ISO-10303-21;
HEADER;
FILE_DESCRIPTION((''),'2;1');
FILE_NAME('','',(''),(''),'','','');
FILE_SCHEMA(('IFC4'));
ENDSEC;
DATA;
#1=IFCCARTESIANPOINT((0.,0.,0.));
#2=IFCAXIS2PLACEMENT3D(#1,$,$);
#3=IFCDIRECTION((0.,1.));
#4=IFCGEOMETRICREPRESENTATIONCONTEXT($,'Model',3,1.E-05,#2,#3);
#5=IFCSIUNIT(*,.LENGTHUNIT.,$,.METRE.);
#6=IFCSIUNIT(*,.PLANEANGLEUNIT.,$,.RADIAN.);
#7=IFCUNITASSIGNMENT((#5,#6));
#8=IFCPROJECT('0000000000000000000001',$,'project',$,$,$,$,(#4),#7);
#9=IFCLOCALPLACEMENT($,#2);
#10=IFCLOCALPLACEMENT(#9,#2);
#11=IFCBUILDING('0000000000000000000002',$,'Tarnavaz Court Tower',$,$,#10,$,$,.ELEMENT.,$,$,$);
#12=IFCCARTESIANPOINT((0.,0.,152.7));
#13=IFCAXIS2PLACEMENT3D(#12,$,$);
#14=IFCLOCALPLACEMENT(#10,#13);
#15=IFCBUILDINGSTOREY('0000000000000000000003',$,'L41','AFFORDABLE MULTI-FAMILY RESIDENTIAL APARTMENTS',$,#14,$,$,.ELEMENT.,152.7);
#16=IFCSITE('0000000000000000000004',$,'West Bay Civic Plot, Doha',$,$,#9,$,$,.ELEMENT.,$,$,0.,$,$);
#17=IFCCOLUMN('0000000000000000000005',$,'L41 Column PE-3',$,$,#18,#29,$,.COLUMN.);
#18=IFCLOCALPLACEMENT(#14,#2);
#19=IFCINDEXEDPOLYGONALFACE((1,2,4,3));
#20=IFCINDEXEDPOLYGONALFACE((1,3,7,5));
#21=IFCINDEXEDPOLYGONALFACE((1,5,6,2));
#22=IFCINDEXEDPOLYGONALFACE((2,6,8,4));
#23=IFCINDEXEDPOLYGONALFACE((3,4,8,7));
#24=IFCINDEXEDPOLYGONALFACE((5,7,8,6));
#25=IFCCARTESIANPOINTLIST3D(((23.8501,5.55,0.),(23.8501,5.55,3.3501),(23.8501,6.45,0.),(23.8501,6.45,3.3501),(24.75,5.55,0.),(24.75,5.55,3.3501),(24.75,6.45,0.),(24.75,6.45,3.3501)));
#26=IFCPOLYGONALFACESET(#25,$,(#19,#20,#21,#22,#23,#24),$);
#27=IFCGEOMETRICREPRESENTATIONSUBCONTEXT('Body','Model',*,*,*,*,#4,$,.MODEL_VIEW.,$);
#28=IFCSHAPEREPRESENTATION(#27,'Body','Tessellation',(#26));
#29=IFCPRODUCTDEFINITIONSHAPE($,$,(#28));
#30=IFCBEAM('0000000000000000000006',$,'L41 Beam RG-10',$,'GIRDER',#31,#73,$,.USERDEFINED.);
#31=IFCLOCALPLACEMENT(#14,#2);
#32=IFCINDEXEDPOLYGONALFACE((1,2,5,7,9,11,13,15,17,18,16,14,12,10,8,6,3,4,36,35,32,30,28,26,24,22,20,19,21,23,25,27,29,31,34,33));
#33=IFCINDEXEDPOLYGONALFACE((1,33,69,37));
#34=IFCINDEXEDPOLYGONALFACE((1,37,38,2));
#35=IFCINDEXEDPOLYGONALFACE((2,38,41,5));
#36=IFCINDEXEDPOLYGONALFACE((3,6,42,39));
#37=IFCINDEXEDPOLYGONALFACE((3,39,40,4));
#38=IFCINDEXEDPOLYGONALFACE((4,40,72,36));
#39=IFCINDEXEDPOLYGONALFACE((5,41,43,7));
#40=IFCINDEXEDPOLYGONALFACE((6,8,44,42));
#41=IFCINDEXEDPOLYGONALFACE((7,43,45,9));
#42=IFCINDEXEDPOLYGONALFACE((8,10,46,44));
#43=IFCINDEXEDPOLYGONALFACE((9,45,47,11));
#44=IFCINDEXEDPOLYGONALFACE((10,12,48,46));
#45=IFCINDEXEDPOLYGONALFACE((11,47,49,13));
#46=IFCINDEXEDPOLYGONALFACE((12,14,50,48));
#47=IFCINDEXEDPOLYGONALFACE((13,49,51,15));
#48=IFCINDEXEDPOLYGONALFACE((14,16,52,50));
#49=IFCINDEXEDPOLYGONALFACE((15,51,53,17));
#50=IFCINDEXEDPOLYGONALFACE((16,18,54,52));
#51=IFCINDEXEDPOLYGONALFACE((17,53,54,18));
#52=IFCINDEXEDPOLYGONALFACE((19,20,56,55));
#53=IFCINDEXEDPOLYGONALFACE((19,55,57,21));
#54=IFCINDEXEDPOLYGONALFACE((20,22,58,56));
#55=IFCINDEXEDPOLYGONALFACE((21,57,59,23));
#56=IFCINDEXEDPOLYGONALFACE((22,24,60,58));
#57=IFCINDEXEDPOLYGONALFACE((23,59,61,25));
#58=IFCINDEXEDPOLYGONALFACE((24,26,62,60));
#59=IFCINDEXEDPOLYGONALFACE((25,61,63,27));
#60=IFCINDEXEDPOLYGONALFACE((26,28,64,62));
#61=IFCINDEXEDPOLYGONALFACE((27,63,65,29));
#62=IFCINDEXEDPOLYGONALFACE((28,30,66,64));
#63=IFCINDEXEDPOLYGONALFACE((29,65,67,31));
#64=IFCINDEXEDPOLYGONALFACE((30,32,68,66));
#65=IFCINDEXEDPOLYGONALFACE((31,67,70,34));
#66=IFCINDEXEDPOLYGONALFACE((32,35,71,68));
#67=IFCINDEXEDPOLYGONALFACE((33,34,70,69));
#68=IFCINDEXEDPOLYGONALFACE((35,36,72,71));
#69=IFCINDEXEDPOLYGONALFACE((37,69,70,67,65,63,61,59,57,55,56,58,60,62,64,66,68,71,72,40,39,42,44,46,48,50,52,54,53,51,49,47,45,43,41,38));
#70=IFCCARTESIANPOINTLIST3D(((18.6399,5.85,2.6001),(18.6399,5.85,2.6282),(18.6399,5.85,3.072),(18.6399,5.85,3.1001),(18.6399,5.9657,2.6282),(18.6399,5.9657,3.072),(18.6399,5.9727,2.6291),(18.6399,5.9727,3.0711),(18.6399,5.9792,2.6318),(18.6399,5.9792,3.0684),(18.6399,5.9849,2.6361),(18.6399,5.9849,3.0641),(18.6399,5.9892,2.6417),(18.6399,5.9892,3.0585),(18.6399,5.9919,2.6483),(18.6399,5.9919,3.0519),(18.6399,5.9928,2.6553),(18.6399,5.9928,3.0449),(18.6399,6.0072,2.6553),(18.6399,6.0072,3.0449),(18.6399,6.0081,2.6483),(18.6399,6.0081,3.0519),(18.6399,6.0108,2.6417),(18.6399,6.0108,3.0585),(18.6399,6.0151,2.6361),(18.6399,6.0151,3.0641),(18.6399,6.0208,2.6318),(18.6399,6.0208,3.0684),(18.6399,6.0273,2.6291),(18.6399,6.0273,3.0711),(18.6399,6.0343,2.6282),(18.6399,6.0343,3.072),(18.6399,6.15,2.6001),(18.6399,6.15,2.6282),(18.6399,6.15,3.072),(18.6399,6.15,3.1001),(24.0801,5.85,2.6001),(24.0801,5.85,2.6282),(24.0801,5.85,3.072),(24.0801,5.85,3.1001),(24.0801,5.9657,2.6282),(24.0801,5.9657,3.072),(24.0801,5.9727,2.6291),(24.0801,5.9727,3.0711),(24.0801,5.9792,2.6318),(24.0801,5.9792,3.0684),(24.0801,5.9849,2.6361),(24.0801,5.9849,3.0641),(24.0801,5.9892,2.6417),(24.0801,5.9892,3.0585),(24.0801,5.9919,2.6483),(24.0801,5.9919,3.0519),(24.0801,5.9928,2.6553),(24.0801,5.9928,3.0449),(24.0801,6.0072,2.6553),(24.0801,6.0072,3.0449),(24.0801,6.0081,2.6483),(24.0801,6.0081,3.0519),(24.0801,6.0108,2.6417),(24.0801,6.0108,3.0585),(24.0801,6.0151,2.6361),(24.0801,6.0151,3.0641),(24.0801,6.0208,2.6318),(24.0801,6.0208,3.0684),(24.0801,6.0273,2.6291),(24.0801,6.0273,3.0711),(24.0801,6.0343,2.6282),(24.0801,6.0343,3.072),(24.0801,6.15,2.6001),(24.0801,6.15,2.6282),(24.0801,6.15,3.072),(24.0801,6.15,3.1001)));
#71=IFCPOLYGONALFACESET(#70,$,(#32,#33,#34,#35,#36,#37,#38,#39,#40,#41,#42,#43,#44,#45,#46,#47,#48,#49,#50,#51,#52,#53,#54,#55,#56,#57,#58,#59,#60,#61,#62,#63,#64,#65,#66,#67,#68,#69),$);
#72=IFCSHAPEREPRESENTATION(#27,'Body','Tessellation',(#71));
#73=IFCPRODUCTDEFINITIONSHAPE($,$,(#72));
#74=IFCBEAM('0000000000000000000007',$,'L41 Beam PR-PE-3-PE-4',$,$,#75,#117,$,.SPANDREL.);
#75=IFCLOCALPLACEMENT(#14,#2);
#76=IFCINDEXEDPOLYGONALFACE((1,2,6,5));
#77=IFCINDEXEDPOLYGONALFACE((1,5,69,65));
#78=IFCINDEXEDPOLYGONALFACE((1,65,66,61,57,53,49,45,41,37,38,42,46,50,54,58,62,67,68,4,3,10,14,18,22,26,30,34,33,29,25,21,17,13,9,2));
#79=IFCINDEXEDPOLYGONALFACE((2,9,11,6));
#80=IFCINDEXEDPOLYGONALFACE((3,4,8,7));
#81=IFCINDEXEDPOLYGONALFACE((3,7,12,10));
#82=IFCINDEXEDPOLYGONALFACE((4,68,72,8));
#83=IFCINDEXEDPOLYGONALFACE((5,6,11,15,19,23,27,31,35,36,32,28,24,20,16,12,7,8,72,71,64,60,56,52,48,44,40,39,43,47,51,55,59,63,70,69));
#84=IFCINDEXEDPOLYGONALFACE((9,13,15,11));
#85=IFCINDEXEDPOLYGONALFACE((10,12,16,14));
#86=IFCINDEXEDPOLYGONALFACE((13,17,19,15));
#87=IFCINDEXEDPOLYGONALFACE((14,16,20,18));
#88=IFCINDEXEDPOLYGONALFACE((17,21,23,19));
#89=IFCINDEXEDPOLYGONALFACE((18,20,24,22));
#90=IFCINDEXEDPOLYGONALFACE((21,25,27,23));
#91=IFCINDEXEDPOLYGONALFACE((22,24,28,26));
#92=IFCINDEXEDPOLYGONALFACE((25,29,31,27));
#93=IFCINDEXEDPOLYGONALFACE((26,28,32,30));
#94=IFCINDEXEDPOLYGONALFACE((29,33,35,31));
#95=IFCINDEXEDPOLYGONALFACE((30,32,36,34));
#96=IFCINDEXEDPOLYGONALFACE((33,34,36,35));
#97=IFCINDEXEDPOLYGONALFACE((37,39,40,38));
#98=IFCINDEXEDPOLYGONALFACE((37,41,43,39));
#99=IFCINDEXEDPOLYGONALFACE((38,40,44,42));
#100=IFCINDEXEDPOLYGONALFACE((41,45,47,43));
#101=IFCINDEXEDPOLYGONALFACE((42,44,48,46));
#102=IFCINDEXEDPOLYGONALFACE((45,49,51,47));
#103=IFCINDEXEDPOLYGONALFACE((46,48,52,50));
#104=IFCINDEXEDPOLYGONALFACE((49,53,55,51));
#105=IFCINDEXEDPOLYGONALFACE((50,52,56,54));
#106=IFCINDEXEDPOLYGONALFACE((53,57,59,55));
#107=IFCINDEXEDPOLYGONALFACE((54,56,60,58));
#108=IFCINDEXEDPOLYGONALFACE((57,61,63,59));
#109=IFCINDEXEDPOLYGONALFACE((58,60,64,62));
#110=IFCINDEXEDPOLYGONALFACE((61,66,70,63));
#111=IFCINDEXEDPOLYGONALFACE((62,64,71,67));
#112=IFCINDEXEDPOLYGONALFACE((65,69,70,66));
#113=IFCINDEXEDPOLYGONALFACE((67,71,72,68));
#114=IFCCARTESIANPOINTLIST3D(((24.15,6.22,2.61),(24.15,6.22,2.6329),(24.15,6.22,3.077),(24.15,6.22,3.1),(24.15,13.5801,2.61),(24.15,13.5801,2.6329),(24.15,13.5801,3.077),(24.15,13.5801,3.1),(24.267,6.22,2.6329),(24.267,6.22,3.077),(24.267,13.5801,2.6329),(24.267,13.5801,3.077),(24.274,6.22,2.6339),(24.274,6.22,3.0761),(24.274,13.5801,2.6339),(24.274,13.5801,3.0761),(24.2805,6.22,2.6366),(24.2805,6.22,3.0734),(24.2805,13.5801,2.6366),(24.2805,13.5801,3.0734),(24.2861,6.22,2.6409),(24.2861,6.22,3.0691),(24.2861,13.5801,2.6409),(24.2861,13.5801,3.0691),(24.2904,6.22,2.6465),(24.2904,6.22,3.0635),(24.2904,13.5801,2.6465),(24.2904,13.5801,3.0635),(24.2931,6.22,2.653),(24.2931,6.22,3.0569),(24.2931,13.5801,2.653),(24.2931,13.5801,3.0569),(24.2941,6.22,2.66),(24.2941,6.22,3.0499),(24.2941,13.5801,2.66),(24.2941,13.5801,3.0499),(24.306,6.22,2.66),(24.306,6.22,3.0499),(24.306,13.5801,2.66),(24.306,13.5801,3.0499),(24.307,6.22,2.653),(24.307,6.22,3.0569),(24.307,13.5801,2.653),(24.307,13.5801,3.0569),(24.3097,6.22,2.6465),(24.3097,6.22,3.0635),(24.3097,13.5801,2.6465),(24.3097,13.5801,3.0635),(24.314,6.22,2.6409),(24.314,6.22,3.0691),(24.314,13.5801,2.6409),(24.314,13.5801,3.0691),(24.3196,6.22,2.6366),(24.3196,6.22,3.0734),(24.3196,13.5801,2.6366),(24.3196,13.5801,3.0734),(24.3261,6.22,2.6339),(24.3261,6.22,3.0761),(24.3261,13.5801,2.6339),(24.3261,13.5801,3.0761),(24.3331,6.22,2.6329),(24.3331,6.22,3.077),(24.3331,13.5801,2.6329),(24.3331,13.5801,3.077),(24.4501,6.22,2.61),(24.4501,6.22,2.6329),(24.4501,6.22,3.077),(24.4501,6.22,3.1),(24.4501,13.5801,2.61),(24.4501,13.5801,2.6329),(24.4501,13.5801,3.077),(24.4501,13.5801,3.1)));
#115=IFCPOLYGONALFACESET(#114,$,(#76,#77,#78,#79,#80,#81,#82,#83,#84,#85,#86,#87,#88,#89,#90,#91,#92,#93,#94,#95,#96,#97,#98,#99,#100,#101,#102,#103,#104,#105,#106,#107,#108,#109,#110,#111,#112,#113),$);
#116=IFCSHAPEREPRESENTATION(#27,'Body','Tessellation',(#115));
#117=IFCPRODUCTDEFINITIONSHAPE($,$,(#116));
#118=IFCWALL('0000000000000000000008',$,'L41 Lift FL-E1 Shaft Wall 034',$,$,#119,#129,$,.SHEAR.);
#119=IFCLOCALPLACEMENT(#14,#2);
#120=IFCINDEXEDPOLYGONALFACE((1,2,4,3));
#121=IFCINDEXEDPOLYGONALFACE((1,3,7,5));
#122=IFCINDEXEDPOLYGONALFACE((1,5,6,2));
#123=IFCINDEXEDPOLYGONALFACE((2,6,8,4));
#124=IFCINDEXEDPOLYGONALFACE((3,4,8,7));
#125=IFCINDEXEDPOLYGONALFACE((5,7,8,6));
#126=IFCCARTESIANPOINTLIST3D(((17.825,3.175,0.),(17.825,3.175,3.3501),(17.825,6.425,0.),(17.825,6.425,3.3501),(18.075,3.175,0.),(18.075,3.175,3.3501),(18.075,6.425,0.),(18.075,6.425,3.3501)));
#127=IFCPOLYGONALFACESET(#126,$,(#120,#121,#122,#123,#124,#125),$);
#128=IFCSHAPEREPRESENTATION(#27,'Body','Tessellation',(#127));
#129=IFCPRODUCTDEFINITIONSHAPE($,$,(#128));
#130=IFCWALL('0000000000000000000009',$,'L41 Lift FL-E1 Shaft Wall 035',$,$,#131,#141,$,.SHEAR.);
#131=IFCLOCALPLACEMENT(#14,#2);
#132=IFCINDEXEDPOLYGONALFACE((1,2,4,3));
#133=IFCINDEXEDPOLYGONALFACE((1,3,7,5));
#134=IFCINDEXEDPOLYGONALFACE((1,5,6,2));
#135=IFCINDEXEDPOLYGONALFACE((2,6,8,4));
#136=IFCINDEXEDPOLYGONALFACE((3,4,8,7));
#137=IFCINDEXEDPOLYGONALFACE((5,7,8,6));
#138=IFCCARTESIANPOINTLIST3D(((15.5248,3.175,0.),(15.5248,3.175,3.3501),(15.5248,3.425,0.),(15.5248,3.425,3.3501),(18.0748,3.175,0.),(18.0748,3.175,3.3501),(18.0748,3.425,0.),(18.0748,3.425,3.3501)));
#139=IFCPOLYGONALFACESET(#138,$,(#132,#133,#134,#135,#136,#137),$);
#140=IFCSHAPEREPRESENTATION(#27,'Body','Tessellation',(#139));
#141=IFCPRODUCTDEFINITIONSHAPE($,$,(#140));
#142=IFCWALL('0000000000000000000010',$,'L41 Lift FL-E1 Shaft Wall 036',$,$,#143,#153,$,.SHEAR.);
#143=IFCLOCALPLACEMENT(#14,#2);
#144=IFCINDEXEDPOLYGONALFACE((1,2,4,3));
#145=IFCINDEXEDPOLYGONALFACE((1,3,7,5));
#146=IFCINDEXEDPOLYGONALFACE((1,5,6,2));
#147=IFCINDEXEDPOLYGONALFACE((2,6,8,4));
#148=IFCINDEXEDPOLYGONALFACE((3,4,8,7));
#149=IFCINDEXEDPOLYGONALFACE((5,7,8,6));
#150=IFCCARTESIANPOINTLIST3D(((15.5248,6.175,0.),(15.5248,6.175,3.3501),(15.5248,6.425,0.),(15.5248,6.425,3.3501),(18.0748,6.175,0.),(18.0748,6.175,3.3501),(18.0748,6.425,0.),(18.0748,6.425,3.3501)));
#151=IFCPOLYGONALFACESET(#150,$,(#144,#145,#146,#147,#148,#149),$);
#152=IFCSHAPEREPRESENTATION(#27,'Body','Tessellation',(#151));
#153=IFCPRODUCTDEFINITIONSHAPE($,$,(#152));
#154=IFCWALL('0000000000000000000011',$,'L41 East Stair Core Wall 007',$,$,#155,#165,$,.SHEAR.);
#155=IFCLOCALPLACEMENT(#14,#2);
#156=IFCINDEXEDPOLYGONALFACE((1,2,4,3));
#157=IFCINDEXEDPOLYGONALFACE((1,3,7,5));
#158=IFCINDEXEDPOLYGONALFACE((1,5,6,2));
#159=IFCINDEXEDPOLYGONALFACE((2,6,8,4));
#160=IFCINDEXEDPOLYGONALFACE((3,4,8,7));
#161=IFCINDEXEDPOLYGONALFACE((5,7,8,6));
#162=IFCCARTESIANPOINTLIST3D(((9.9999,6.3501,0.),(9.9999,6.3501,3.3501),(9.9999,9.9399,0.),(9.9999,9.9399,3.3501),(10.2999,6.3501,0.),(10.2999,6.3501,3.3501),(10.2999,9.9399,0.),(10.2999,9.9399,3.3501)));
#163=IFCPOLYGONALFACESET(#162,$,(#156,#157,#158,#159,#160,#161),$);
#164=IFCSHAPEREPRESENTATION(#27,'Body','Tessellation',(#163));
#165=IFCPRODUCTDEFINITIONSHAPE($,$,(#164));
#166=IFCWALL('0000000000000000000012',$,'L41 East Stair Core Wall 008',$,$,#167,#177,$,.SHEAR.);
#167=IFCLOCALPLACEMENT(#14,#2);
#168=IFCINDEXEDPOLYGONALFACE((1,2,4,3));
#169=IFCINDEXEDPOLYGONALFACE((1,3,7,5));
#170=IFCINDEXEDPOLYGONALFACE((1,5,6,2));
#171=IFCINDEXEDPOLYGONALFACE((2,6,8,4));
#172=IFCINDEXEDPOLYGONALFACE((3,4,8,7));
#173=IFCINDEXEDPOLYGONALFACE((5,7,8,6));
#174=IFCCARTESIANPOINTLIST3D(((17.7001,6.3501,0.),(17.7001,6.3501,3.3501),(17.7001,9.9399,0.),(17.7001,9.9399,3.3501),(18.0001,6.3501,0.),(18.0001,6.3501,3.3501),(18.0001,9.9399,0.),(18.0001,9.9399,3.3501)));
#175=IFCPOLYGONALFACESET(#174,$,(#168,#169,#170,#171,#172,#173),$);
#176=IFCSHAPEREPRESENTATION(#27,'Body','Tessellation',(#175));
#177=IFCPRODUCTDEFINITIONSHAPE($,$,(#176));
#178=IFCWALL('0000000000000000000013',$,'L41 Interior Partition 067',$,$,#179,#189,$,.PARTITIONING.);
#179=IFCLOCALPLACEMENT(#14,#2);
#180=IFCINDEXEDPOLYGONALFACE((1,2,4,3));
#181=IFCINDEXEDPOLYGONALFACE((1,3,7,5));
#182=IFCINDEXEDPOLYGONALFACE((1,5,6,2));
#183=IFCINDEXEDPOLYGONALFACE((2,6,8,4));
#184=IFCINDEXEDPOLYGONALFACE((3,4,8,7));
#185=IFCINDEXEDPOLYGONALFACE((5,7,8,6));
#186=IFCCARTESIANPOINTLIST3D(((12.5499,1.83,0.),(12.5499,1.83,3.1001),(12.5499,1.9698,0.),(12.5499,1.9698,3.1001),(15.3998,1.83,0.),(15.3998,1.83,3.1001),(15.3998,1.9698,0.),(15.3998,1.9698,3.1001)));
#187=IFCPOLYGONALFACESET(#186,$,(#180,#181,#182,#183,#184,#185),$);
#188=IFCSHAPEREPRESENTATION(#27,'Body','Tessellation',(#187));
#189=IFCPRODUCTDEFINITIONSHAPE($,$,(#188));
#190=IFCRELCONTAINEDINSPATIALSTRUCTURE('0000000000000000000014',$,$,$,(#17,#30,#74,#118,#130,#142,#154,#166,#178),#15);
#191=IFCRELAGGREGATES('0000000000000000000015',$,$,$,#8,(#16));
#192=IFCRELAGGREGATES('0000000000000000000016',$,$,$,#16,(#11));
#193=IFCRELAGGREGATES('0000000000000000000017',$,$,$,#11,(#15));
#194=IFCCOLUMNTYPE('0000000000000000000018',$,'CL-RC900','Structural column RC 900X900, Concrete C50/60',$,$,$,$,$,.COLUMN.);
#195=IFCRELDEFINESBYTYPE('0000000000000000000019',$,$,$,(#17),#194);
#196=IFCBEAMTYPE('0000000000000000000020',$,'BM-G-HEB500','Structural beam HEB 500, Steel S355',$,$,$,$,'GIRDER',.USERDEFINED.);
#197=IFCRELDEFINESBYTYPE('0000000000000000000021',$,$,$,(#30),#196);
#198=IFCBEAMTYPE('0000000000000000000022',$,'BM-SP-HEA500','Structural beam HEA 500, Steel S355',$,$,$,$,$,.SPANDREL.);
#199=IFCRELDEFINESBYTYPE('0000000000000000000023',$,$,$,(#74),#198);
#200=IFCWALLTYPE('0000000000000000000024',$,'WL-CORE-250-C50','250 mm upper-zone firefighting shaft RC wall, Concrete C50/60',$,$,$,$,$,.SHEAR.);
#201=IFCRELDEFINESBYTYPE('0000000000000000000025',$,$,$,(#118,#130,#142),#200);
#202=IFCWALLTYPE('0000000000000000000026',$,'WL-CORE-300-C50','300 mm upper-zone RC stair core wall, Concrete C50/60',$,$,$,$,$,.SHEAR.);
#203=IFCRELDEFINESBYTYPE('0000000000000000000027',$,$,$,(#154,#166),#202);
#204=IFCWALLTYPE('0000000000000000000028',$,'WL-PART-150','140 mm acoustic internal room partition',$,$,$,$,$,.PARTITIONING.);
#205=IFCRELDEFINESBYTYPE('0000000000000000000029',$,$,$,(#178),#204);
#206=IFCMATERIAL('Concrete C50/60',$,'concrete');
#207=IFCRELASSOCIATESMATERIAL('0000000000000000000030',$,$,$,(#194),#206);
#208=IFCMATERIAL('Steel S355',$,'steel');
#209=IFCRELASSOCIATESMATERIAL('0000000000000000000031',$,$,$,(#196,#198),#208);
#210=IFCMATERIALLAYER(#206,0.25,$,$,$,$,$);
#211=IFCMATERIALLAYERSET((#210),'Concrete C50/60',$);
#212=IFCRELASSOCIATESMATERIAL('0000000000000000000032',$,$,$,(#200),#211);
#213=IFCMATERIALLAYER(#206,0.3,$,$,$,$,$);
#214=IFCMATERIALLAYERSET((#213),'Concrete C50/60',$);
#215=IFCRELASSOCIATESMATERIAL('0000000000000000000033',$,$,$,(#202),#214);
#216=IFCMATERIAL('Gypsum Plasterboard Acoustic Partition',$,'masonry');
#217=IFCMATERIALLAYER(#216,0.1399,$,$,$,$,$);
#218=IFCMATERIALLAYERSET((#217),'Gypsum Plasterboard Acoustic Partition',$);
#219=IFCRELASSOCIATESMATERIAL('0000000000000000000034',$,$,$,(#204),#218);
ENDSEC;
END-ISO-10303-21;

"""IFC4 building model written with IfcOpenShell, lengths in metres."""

from ifc_helpers import new_model, si_unit, direction, frame, frame_2d, origin, origin_2d, place, context, subcontext, project, spatial, rectangle, i_section, extrude, material, layer, layer_set, material_profile, profile_set, type_object, element, save


model = new_model("IFC4")

# Units and contexts
model_context = context("Model", 3, precision=1e-05, world=origin(), true_north=direction((0.0, 1.0)))
body_context = subcontext(model_context, "Body", "Model", "MODEL_VIEW")
ifc_project = project(units=[si_unit("LENGTHUNIT", "METRE"), si_unit("PLANEANGLEUNIT", "RADIAN")], contexts=[model_context])

# Site, building, storey
site_placement = place(None, origin())
site = spatial("IfcSite", under=ifc_project, at=site_placement, Name="West Bay Civic Plot, Doha", CompositionType="ELEMENT", RefElevation=0.0)
building_placement = place(site_placement, origin())
building = spatial("IfcBuilding", under=site, at=building_placement, Name="Tarnavaz Court Tower", CompositionType="ELEMENT")
storey_placement = place(building_placement, frame((0.0, 0.0, 152.7)))
storey = spatial("IfcBuildingStorey", under=building, at=storey_placement, Name="L41", Description="AFFORDABLE MULTI-FAMILY RESIDENTIAL APARTMENTS", CompositionType="ELEMENT", Elevation=152.7)

# Column
ifc_material_1 = material(Name="Concrete C50/60", Category="concrete")
ifc_material_profile_1 = material_profile(ifc_material_1, rectangle(XDim=0.8999, YDim=0.8999, at=origin_2d()), Name="RC 900X900")
ifc_profile_set_1 = profile_set([ifc_material_profile_1], Name="Concrete C50/60")
column_type = type_object("IfcColumnType", Name="CL-RC900", Description="Structural column RC 900X900, Concrete C50/60", PredefinedType="COLUMN", material=ifc_profile_set_1)
column_placement = place(storey_placement, frame((24.3, 6.0, 0.0), z_axis=(0.0, 0.0, 1.0), x_axis=(1.0, 0.0, 0.0)))
element("IfcColumn", 1, at=column_placement, inside=storey, type_object=column_type, Name="L41 Column PE-3", PredefinedType="COLUMN", context=body_context, shape_type="SweptSolid", body=[
    extrude(rectangle(XDim=0.8999, YDim=0.8999, at=origin_2d()), origin(), (0.0, 0.0, 1.0), 3.3501),
])

# Beams
ifc_material_2 = material(Name="Steel S355", Category="steel")
ifc_material_profile_2 = material_profile(ifc_material_2, i_section(OverallWidth=0.3, OverallDepth=0.5, WebThickness=0.0144, FlangeThickness=0.0281, FilletRadius=0.0271, at=origin_2d()), Name="HEB 500")
ifc_profile_set_2 = profile_set([ifc_material_profile_2], Name="Steel S355")
beam_type_1 = type_object("IfcBeamType", Name="BM-G-HEB500", Description="Structural beam HEB 500, Steel S355", ElementType="GIRDER", PredefinedType="USERDEFINED", material=ifc_profile_set_2)
beam_1_placement = place(storey_placement, frame((18.6399, 6.0, 2.8501), z_axis=(1.0, 0.0, 0.0), x_axis=(0.0, 1.0, 0.0)))
element("IfcBeam", 2, at=beam_1_placement, inside=storey, type_object=beam_type_1, Name="L41 Beam RG-10", ObjectType="GIRDER", PredefinedType="USERDEFINED", context=body_context, shape_type="SweptSolid", body=[
    extrude(i_section(OverallWidth=0.3, OverallDepth=0.5, WebThickness=0.0144, FlangeThickness=0.0281, FilletRadius=0.0271, at=origin_2d()), origin(), (0.0, 0.0, 1.0), 5.4402),
])
ifc_material_profile_3 = material_profile(ifc_material_2, i_section(OverallWidth=0.3, OverallDepth=0.49, WebThickness=0.012, FlangeThickness=0.0229, FilletRadius=0.0271, at=origin_2d()), Name="HEA 500")
ifc_profile_set_3 = profile_set([ifc_material_profile_3], Name="Steel S355")
beam_type_2 = type_object("IfcBeamType", Name="BM-SP-HEA500", Description="Structural beam HEA 500, Steel S355", PredefinedType="SPANDREL", material=ifc_profile_set_3)
beam_2_placement = place(storey_placement, frame((24.3, 6.22, 2.855), z_axis=(0.0, 1.0, 0.0), x_axis=(-1.0, 0.0, 0.0)))
element("IfcBeam", 3, at=beam_2_placement, inside=storey, type_object=beam_type_2, Name="L41 Beam PR-PE-3-PE-4", PredefinedType="SPANDREL", context=body_context, shape_type="SweptSolid", body=[
    extrude(i_section(OverallWidth=0.3, OverallDepth=0.49, WebThickness=0.012, FlangeThickness=0.0229, FilletRadius=0.0271, at=origin_2d()), origin(), (0.0, 0.0, 1.0), 7.3601),
])

# Shared definitions
ifc_layer_1 = layer(ifc_material_1, 0.25)
ifc_layer_set_1 = layer_set([ifc_layer_1], Name="Concrete C50/60")
wall_type_1 = type_object("IfcWallType", Name="WL-CORE-250-C50", Description="250 mm upper-zone firefighting shaft RC wall, Concrete C50/60", PredefinedType="SHEAR", material=ifc_layer_set_1)

# Walls
wall_1_placement = place(storey_placement, frame((17.95, 3.175, 0.0), z_axis=(0.0, 0.0, 1.0), x_axis=(0.0, 1.0, 0.0)))
element("IfcWall", 4, at=wall_1_placement, inside=storey, type_object=wall_type_1, Name="L41 Lift FL-E1 Shaft Wall 034", PredefinedType="SHEAR", context=body_context, shape_type="SweptSolid", body=[
    extrude(rectangle(XDim=3.25, YDim=0.25, at=frame_2d((1.625, 0.0))), origin(), (0.0, 0.0, 1.0), 3.3501),
])
for number, where, z_axis, x_axis, name in (
    (5, (15.5249, 3.3, 0.0), (0.0, 0.0, 1.0), (1.0, 0.0, 0.0), "L41 Lift FL-E1 Shaft Wall 035"),
    (6, (15.5249, 6.3, 0.0), (0.0, 0.0, 1.0), (1.0, 0.0, 0.0), "L41 Lift FL-E1 Shaft Wall 036"),
):
    element("IfcWall", number, at=place(storey_placement, frame(where, z_axis=z_axis, x_axis=x_axis)), inside=storey, type_object=wall_type_1, Name=name, PredefinedType="SHEAR", context=body_context, shape_type="SweptSolid", body=[
        extrude(rectangle(XDim=2.55, YDim=0.25, at=frame_2d((1.2749, 0.0))), origin(), (0.0, 0.0, 1.0), 3.3501),
    ])
ifc_layer_2 = layer(ifc_material_1, 0.3)
ifc_layer_set_2 = layer_set([ifc_layer_2], Name="Concrete C50/60")
wall_type_2 = type_object("IfcWallType", Name="WL-CORE-300-C50", Description="300 mm upper-zone RC stair core wall, Concrete C50/60", PredefinedType="SHEAR", material=ifc_layer_set_2)
for number, where, z_axis, x_axis, name in (
    (7, (10.1499, 6.3501, 0.0), (0.0, 0.0, 1.0), (0.0, 1.0, 0.0), "L41 East Stair Core Wall 007"),
    (8, (17.8501, 6.3501, 0.0), (0.0, 0.0, 1.0), (0.0, 1.0, 0.0), "L41 East Stair Core Wall 008"),
):
    element("IfcWall", number, at=place(storey_placement, frame(where, z_axis=z_axis, x_axis=x_axis)), inside=storey, type_object=wall_type_2, Name=name, PredefinedType="SHEAR", context=body_context, shape_type="SweptSolid", body=[
        extrude(rectangle(XDim=3.5898, YDim=0.3, at=frame_2d((1.7949, 0.0))), origin(), (0.0, 0.0, 1.0), 3.3501),
    ])

# Wall
ifc_material_3 = material(Name="Gypsum Plasterboard Acoustic Partition", Category="masonry")
ifc_layer_3 = layer(ifc_material_3, 0.1399)
ifc_layer_set_3 = layer_set([ifc_layer_3], Name="Gypsum Plasterboard Acoustic Partition")
wall_type_3 = type_object("IfcWallType", Name="WL-PART-150", Description="140 mm acoustic internal room partition", PredefinedType="PARTITIONING", material=ifc_layer_set_3)
wall_2_placement = place(storey_placement, frame((12.55, 1.8999, 0.0), z_axis=(0.0, 0.0, 1.0), x_axis=(1.0, 0.0, 0.0)))
element("IfcWall", 9, at=wall_2_placement, inside=storey, type_object=wall_type_3, Name="L41 Interior Partition 067", PredefinedType="PARTITIONING", context=body_context, shape_type="SweptSolid", body=[
    extrude(rectangle(XDim=2.8499, YDim=0.1399, at=frame_2d((1.4248, 0.0))), origin(), (0.0, 0.0, 1.0), 3.1001),
])

save(model, "model.ifc")
